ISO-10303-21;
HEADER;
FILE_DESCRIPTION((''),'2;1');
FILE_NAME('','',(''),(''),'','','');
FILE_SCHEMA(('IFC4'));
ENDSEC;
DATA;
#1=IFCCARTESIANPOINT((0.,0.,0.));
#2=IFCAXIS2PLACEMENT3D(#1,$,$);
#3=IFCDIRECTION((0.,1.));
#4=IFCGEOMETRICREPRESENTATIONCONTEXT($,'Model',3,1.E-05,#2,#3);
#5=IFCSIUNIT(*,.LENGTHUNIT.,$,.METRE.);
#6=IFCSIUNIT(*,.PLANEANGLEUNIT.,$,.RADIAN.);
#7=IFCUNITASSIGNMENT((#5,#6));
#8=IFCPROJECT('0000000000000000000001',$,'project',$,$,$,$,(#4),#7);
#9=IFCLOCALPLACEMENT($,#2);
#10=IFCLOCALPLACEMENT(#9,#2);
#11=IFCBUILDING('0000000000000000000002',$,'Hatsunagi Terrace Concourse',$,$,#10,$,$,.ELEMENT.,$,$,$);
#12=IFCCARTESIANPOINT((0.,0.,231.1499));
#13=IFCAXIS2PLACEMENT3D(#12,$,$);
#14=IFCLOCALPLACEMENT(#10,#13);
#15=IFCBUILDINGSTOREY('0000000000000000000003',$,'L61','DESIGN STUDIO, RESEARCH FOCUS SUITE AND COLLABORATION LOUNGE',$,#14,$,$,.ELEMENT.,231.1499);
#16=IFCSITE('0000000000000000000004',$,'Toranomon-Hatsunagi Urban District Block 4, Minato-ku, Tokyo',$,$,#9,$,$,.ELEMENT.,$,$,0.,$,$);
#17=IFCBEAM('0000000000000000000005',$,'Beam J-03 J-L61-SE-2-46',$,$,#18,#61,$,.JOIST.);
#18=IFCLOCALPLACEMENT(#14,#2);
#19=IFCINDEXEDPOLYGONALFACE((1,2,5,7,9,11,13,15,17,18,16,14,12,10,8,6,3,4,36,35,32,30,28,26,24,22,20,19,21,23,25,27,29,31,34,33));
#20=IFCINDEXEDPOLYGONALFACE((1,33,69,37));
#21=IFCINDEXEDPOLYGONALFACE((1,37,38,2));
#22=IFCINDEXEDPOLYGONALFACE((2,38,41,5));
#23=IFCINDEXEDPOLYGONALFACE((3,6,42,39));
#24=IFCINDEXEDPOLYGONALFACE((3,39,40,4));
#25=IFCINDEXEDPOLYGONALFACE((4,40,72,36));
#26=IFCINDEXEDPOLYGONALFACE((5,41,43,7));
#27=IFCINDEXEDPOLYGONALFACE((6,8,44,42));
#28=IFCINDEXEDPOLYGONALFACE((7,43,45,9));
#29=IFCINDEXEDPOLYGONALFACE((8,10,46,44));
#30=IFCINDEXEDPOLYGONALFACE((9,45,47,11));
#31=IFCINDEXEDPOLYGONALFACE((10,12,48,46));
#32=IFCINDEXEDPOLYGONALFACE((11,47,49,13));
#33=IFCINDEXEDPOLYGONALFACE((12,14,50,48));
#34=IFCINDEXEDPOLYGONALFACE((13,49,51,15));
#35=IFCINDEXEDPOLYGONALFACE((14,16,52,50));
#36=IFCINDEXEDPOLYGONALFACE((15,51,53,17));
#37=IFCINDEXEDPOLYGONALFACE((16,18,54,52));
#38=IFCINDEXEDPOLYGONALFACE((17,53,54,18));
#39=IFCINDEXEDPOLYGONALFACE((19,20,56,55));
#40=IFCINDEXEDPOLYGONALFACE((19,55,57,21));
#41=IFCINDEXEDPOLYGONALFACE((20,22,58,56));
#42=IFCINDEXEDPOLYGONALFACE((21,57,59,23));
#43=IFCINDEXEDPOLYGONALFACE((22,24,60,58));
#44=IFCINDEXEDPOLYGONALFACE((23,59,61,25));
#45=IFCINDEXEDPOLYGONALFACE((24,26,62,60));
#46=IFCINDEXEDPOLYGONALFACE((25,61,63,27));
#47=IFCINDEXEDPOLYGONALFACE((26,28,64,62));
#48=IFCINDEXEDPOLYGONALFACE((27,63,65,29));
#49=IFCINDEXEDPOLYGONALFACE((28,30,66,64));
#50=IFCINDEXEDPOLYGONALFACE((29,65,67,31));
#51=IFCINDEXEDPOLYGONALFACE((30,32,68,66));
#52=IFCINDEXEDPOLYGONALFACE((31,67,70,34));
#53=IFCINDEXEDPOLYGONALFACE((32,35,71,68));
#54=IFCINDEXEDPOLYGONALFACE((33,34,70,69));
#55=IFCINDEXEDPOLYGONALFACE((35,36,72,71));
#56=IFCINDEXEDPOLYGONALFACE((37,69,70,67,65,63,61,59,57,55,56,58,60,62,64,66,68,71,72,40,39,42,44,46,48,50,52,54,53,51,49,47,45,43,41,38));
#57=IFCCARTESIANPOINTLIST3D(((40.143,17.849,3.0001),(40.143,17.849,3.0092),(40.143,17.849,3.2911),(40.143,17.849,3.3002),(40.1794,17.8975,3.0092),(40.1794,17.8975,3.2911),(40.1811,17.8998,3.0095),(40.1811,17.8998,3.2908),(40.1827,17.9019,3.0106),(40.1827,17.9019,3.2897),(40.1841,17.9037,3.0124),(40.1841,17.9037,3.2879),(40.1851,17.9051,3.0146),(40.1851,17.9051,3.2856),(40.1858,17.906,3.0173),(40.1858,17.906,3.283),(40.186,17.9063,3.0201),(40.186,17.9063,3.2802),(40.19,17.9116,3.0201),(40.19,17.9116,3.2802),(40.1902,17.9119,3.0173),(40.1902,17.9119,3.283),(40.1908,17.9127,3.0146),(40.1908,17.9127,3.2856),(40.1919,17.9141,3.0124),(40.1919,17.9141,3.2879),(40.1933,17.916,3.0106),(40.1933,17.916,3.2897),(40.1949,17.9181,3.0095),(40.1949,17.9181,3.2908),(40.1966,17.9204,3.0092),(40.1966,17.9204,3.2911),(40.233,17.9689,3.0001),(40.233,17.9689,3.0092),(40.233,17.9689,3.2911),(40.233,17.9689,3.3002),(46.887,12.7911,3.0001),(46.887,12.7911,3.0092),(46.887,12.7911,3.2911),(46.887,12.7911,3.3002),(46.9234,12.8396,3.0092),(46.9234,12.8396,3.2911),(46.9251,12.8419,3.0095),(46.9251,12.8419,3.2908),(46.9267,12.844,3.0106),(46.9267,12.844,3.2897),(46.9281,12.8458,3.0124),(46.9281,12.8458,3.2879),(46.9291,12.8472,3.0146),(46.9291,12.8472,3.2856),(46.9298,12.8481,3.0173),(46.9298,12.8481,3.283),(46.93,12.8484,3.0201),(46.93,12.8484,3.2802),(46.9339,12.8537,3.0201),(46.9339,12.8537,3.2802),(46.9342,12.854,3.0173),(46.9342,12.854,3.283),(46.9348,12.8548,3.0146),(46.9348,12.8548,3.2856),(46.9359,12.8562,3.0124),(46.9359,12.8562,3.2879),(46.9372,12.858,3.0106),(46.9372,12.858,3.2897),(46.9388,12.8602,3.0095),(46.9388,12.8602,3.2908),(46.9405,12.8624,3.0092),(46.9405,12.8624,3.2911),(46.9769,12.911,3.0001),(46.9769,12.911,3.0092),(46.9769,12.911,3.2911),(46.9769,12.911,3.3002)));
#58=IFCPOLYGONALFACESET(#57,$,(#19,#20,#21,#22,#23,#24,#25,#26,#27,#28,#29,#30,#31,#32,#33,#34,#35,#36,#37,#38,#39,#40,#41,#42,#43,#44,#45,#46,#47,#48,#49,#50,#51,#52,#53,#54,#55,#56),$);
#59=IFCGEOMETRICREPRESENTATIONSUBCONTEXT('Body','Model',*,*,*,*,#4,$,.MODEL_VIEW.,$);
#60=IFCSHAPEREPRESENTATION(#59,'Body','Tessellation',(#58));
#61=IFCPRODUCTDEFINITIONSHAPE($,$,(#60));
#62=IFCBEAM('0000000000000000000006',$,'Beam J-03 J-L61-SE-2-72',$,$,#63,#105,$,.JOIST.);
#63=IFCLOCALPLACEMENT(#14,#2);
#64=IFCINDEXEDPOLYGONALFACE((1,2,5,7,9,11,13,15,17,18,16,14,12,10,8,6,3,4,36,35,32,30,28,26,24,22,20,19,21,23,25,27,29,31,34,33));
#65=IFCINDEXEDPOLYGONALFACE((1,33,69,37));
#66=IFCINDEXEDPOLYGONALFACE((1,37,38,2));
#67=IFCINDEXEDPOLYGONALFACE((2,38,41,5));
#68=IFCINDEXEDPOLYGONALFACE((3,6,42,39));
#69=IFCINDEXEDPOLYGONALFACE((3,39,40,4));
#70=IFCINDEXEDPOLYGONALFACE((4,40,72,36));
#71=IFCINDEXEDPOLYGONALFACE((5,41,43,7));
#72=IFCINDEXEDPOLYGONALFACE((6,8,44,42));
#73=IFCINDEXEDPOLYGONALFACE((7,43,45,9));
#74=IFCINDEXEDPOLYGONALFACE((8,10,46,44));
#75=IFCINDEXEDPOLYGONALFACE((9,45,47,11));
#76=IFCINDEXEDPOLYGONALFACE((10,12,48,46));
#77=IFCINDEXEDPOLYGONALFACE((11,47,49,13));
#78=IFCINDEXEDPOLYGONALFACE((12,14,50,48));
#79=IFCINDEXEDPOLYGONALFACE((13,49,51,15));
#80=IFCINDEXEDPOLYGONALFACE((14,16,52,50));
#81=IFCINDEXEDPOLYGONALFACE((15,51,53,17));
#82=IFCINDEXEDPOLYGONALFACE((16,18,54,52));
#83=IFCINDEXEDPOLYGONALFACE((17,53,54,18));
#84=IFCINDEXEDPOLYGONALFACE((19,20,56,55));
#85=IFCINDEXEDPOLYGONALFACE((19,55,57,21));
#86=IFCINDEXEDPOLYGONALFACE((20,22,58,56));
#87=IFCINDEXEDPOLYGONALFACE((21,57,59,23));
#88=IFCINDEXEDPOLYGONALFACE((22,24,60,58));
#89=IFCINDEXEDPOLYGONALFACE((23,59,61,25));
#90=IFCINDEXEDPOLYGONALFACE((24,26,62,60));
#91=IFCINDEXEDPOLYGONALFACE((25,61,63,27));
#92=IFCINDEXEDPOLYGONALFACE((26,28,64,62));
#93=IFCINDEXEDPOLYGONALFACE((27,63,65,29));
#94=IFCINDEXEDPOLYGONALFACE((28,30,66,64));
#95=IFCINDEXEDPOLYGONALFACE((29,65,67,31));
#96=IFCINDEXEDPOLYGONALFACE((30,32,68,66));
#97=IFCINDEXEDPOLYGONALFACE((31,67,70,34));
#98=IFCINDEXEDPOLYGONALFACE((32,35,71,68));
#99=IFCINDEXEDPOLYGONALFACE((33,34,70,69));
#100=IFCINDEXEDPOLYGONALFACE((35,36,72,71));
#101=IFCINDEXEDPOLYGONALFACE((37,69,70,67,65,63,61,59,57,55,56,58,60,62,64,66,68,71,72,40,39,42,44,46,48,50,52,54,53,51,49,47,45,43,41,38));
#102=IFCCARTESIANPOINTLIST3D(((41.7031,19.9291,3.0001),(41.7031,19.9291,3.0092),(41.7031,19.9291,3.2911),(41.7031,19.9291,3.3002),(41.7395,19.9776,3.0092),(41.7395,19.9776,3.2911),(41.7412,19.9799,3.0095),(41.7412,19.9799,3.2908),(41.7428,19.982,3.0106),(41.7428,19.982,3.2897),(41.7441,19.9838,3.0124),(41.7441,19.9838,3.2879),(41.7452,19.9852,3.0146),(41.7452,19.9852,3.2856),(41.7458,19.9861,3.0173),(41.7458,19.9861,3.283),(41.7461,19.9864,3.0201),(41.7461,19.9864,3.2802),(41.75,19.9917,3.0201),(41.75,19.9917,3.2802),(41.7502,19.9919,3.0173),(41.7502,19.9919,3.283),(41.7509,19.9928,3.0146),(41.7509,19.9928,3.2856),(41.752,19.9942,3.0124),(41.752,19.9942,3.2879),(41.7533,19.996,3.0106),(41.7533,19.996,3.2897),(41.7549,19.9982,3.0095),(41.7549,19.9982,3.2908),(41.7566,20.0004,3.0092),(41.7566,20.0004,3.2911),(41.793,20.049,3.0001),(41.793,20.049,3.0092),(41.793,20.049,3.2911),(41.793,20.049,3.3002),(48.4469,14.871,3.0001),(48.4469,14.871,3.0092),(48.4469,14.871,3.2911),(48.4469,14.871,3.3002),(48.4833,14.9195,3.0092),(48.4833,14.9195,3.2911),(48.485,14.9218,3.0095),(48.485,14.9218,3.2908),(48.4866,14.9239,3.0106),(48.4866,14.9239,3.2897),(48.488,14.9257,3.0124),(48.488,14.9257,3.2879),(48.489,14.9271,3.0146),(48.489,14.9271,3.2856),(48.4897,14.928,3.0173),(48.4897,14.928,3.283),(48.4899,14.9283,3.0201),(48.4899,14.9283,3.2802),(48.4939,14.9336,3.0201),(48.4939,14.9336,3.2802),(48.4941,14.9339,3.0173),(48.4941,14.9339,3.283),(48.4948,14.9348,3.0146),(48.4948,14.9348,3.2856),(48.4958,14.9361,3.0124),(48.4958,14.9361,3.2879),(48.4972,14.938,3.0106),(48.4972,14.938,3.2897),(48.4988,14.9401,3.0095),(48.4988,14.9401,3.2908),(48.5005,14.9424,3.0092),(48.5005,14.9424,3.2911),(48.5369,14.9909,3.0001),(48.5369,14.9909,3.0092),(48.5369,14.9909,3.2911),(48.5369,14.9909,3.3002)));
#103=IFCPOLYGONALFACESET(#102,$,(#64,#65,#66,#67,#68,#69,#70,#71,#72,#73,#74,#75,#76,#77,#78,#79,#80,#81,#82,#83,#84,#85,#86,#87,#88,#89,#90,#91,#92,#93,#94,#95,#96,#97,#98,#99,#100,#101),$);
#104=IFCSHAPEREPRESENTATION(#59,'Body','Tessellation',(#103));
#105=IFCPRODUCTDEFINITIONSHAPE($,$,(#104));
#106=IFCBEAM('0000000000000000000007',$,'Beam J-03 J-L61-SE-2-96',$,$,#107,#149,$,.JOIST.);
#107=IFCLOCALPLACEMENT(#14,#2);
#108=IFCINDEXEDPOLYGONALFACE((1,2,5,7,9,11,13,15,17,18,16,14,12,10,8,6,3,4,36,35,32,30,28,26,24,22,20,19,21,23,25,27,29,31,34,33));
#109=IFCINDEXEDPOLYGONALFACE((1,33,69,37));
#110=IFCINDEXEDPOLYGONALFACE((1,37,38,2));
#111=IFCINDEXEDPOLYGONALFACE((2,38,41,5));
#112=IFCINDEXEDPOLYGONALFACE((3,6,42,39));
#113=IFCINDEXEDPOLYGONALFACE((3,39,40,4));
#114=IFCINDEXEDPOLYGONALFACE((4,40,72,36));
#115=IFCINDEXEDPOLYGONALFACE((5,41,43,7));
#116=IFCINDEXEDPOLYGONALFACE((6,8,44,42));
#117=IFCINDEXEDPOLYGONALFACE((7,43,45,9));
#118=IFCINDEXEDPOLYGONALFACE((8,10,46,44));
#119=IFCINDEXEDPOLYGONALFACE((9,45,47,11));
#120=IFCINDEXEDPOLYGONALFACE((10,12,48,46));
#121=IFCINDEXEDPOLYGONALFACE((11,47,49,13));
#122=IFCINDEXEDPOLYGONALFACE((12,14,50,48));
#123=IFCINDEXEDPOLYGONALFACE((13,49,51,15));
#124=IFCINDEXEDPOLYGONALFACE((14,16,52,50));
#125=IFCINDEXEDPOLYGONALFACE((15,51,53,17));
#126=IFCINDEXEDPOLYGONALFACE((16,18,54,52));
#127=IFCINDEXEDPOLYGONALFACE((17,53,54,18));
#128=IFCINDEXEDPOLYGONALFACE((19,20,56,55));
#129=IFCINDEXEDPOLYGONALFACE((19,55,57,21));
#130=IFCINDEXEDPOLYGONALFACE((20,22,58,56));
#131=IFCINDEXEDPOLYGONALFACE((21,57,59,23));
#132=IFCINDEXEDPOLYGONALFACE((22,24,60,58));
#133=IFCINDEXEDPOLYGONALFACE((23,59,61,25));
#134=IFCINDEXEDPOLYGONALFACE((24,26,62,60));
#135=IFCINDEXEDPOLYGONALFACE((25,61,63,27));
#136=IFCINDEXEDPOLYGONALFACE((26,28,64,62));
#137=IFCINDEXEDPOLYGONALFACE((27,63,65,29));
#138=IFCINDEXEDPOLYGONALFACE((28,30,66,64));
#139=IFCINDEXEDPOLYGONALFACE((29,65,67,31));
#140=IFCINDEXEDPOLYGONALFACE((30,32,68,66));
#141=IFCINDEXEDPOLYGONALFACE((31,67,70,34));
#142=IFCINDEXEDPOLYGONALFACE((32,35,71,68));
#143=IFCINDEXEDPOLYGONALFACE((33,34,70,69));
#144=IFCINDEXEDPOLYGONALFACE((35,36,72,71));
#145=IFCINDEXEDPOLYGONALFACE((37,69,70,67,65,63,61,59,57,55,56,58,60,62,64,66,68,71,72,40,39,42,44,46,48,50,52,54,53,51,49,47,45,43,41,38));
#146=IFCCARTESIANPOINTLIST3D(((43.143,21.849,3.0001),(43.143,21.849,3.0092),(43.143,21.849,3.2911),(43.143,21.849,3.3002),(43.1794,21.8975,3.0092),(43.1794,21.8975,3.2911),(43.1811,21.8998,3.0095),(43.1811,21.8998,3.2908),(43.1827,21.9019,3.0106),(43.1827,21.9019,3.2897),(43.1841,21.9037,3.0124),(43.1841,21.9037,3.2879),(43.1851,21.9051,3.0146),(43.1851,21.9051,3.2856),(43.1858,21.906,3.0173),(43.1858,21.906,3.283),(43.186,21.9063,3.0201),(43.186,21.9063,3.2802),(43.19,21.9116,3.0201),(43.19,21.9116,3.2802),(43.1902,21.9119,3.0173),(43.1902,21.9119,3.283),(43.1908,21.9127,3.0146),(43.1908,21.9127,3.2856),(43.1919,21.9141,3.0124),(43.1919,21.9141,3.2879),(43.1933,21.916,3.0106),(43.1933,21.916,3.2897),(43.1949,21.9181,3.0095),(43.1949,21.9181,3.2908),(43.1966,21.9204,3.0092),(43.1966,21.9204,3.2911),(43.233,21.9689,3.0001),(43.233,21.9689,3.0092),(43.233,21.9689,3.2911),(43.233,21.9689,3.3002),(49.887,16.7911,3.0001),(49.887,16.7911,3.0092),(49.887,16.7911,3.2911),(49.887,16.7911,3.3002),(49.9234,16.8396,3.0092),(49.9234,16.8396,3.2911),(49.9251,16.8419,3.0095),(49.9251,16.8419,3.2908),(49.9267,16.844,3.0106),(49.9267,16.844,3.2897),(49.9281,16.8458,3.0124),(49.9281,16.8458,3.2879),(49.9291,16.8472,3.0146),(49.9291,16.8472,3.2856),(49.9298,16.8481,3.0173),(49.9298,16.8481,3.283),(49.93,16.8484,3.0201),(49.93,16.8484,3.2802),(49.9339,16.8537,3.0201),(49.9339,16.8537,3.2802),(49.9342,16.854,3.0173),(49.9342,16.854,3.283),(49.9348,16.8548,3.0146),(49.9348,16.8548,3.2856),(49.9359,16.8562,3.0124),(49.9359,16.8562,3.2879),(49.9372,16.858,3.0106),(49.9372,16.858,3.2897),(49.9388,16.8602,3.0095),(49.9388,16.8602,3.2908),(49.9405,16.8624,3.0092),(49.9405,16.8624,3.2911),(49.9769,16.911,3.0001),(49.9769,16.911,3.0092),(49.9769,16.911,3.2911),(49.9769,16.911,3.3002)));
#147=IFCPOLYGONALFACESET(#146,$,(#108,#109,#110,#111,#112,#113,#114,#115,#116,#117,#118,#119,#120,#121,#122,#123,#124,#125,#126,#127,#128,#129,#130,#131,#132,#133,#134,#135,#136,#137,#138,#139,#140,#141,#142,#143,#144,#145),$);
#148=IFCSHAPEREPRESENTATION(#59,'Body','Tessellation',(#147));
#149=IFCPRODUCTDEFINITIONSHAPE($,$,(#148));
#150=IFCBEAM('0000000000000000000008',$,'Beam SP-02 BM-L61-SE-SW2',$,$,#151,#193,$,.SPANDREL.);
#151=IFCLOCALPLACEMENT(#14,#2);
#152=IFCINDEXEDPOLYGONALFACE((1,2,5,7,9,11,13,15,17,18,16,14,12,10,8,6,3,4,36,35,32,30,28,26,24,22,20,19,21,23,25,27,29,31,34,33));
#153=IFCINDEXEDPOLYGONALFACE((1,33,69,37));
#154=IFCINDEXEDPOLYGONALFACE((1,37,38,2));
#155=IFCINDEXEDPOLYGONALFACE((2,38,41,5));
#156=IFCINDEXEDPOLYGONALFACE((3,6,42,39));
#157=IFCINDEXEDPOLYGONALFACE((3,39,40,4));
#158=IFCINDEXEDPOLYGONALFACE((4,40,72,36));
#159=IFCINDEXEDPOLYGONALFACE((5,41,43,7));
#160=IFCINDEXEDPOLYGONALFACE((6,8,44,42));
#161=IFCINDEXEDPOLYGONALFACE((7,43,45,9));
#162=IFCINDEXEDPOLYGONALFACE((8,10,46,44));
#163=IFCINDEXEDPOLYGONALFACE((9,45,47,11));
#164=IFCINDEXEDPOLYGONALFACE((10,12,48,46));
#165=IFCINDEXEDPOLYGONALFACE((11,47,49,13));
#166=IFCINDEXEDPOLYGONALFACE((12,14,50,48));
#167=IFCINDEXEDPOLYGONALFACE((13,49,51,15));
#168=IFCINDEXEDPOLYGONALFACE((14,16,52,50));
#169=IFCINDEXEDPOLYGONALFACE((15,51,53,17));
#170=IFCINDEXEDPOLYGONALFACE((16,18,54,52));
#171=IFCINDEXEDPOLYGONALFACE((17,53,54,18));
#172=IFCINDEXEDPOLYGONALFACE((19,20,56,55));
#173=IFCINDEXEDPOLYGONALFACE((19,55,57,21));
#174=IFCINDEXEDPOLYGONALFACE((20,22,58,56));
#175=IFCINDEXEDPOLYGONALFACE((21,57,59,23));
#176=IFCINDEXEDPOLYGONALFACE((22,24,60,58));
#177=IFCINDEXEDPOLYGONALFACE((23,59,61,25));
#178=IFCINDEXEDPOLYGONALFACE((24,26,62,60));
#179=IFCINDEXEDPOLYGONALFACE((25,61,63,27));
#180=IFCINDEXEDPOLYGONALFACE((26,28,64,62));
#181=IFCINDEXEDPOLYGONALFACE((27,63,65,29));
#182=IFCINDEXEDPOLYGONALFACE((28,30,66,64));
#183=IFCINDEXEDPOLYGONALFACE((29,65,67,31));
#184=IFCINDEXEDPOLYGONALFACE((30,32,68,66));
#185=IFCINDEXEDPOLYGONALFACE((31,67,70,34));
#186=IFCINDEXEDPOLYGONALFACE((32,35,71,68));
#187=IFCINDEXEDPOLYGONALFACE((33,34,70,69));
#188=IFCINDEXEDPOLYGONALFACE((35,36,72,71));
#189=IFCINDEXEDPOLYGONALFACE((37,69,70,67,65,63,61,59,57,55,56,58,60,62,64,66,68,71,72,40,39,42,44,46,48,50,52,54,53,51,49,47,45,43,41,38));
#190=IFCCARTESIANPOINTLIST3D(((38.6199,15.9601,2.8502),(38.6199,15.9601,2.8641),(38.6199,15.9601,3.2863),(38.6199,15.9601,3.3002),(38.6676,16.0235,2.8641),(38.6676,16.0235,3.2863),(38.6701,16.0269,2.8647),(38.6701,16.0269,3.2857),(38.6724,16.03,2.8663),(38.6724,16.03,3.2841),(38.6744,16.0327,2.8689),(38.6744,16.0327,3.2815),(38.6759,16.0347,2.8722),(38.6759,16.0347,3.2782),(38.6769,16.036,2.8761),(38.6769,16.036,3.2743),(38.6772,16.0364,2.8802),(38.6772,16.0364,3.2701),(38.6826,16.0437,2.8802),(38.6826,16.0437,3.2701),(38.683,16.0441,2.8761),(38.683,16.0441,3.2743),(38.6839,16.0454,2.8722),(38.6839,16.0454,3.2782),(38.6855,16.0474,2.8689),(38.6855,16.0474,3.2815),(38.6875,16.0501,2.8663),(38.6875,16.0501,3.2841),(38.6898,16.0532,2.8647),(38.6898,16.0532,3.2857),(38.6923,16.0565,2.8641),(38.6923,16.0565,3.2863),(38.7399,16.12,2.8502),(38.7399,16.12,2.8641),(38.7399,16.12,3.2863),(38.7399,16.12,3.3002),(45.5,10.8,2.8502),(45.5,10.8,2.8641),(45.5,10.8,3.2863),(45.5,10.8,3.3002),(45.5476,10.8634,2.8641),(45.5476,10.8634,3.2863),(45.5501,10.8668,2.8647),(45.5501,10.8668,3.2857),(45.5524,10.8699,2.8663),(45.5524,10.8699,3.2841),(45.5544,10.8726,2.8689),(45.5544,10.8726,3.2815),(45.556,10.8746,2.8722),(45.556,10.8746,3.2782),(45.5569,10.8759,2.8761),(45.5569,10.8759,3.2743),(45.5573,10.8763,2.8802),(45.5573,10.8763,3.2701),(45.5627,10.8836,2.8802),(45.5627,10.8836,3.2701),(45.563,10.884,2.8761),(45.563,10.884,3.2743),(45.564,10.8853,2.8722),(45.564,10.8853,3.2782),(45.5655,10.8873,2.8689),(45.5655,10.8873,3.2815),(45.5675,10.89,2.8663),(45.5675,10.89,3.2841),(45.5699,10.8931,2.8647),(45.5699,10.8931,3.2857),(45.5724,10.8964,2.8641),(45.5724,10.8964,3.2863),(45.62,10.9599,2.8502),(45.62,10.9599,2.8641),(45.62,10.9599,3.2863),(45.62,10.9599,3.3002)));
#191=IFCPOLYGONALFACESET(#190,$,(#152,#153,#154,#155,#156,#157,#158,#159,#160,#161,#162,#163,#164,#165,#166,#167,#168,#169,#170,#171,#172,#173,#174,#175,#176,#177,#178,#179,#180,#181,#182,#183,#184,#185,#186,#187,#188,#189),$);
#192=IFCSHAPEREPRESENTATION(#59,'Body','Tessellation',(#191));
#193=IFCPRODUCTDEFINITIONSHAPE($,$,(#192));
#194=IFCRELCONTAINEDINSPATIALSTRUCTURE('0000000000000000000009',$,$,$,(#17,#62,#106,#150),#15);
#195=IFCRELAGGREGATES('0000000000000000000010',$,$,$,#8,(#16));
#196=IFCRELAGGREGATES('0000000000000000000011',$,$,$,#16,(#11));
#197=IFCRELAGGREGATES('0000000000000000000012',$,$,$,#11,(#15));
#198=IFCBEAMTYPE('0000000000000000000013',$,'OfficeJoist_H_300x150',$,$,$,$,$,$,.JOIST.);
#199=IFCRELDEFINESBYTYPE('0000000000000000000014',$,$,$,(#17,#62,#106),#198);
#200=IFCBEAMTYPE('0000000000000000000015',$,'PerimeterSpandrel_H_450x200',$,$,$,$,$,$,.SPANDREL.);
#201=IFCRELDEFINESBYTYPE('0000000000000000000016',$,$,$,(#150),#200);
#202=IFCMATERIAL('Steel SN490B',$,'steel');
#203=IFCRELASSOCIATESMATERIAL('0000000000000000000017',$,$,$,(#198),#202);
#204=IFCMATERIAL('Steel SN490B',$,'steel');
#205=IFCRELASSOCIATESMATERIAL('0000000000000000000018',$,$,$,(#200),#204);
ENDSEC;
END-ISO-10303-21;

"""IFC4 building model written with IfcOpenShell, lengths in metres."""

from ifc_helpers import new_model, si_unit, direction, frame, origin, origin_2d, place, context, subcontext, project, spatial, i_section, extrude, material, material_profile, profile_set, type_object, element, save


model = new_model("IFC4")

# Units and contexts
model_context = context("Model", 3, precision=1e-05, world=origin(), true_north=direction((0.0, 1.0)))
body_context = subcontext(model_context, "Body", "Model", "MODEL_VIEW")
ifc_project = project(units=[si_unit("LENGTHUNIT", "METRE"), si_unit("PLANEANGLEUNIT", "RADIAN")], contexts=[model_context])

# Site, building, storey
site_placement = place(None, origin())
site = spatial("IfcSite", under=ifc_project, at=site_placement, Name="Toranomon-Hatsunagi Urban District Block 4, Minato-ku, Tokyo", CompositionType="ELEMENT", RefElevation=0.0)
building_placement = place(site_placement, origin())
building = spatial("IfcBuilding", under=site, at=building_placement, Name="Hatsunagi Terrace Concourse", CompositionType="ELEMENT")
storey_placement = place(building_placement, frame((0.0, 0.0, 231.1499)))
storey = spatial("IfcBuildingStorey", under=building, at=storey_placement, Name="L61", Description="DESIGN STUDIO, RESEARCH FOCUS SUITE AND COLLABORATION LOUNGE", CompositionType="ELEMENT", Elevation=231.1499)

# Beams
ifc_material_1 = material(Name="Steel SN490B", Category="steel")
ifc_material_profile_1 = material_profile(ifc_material_1, i_section(OverallWidth=0.1499, OverallDepth=0.3, WebThickness=0.0066, FlangeThickness=0.009, FilletRadius=0.011, at=origin_2d()), Name="H-300x150x6.5x9")
ifc_profile_set_1 = profile_set([ifc_material_profile_1], Name="Steel SN490B")
beam_type_1 = type_object("IfcBeamType", Name="OfficeJoist_H_300x150", PredefinedType="JOIST", material=ifc_profile_set_1)
for number, where, z_axis, x_axis, name in (
    (1, (40.188, 17.9089, 3.1501), (0.800003, -0.599995, 0.0), (0.599995, 0.800003, 0.0), "Beam J-03 J-L61-SE-2-46"),
    (2, (41.748, 19.989, 3.1501), (0.79999, -0.600014, 0.0), (0.600014, 0.79999, 0.0), "Beam J-03 J-L61-SE-2-72"),
    (3, (43.188, 21.9089, 3.1501), (0.800003, -0.599995, 0.0), (0.599995, 0.800003, 0.0), "Beam J-03 J-L61-SE-2-96"),
):
    element("IfcBeam", number, at=place(storey_placement, frame(where, z_axis=z_axis, x_axis=x_axis)), inside=storey, type_object=beam_type_1, Name=name, PredefinedType="JOIST", context=body_context, shape_type="SweptSolid", body=[
        extrude(i_section(OverallWidth=0.1499, OverallDepth=0.3, WebThickness=0.0066, FlangeThickness=0.009, FilletRadius=0.011, at=origin_2d()), origin(), (0.0, 0.0, 1.0), 8.4299),
    ])
ifc_material_2 = material(Name="Steel SN490B", Category="steel")
ifc_material_profile_2 = material_profile(ifc_material_2, i_section(OverallWidth=0.2, OverallDepth=0.45, WebThickness=0.009, FlangeThickness=0.0139, FilletRadius=0.0161, at=origin_2d()), Name="H-450x200x9x14")
ifc_profile_set_2 = profile_set([ifc_material_profile_2], Name="Steel SN490B")
beam_type_2 = type_object("IfcBeamType", Name="PerimeterSpandrel_H_450x200", PredefinedType="SPANDREL", material=ifc_profile_set_2)
beam_1_placement = place(storey_placement, frame((38.6799, 16.04, 3.0752), z_axis=(0.799997, -0.600005, 0.0), x_axis=(0.600005, 0.799997, 0.0)))
element("IfcBeam", 4, at=beam_1_placement, inside=storey, type_object=beam_type_2, Name="Beam SP-02 BM-L61-SE-SW2", PredefinedType="SPANDREL", context=body_context, shape_type="SweptSolid", body=[
    extrude(i_section(OverallWidth=0.2, OverallDepth=0.45, WebThickness=0.009, FlangeThickness=0.0139, FilletRadius=0.0161, at=origin_2d()), origin(), (0.0, 0.0, 1.0), 8.6001),
])

save(model, "model.ifc")
